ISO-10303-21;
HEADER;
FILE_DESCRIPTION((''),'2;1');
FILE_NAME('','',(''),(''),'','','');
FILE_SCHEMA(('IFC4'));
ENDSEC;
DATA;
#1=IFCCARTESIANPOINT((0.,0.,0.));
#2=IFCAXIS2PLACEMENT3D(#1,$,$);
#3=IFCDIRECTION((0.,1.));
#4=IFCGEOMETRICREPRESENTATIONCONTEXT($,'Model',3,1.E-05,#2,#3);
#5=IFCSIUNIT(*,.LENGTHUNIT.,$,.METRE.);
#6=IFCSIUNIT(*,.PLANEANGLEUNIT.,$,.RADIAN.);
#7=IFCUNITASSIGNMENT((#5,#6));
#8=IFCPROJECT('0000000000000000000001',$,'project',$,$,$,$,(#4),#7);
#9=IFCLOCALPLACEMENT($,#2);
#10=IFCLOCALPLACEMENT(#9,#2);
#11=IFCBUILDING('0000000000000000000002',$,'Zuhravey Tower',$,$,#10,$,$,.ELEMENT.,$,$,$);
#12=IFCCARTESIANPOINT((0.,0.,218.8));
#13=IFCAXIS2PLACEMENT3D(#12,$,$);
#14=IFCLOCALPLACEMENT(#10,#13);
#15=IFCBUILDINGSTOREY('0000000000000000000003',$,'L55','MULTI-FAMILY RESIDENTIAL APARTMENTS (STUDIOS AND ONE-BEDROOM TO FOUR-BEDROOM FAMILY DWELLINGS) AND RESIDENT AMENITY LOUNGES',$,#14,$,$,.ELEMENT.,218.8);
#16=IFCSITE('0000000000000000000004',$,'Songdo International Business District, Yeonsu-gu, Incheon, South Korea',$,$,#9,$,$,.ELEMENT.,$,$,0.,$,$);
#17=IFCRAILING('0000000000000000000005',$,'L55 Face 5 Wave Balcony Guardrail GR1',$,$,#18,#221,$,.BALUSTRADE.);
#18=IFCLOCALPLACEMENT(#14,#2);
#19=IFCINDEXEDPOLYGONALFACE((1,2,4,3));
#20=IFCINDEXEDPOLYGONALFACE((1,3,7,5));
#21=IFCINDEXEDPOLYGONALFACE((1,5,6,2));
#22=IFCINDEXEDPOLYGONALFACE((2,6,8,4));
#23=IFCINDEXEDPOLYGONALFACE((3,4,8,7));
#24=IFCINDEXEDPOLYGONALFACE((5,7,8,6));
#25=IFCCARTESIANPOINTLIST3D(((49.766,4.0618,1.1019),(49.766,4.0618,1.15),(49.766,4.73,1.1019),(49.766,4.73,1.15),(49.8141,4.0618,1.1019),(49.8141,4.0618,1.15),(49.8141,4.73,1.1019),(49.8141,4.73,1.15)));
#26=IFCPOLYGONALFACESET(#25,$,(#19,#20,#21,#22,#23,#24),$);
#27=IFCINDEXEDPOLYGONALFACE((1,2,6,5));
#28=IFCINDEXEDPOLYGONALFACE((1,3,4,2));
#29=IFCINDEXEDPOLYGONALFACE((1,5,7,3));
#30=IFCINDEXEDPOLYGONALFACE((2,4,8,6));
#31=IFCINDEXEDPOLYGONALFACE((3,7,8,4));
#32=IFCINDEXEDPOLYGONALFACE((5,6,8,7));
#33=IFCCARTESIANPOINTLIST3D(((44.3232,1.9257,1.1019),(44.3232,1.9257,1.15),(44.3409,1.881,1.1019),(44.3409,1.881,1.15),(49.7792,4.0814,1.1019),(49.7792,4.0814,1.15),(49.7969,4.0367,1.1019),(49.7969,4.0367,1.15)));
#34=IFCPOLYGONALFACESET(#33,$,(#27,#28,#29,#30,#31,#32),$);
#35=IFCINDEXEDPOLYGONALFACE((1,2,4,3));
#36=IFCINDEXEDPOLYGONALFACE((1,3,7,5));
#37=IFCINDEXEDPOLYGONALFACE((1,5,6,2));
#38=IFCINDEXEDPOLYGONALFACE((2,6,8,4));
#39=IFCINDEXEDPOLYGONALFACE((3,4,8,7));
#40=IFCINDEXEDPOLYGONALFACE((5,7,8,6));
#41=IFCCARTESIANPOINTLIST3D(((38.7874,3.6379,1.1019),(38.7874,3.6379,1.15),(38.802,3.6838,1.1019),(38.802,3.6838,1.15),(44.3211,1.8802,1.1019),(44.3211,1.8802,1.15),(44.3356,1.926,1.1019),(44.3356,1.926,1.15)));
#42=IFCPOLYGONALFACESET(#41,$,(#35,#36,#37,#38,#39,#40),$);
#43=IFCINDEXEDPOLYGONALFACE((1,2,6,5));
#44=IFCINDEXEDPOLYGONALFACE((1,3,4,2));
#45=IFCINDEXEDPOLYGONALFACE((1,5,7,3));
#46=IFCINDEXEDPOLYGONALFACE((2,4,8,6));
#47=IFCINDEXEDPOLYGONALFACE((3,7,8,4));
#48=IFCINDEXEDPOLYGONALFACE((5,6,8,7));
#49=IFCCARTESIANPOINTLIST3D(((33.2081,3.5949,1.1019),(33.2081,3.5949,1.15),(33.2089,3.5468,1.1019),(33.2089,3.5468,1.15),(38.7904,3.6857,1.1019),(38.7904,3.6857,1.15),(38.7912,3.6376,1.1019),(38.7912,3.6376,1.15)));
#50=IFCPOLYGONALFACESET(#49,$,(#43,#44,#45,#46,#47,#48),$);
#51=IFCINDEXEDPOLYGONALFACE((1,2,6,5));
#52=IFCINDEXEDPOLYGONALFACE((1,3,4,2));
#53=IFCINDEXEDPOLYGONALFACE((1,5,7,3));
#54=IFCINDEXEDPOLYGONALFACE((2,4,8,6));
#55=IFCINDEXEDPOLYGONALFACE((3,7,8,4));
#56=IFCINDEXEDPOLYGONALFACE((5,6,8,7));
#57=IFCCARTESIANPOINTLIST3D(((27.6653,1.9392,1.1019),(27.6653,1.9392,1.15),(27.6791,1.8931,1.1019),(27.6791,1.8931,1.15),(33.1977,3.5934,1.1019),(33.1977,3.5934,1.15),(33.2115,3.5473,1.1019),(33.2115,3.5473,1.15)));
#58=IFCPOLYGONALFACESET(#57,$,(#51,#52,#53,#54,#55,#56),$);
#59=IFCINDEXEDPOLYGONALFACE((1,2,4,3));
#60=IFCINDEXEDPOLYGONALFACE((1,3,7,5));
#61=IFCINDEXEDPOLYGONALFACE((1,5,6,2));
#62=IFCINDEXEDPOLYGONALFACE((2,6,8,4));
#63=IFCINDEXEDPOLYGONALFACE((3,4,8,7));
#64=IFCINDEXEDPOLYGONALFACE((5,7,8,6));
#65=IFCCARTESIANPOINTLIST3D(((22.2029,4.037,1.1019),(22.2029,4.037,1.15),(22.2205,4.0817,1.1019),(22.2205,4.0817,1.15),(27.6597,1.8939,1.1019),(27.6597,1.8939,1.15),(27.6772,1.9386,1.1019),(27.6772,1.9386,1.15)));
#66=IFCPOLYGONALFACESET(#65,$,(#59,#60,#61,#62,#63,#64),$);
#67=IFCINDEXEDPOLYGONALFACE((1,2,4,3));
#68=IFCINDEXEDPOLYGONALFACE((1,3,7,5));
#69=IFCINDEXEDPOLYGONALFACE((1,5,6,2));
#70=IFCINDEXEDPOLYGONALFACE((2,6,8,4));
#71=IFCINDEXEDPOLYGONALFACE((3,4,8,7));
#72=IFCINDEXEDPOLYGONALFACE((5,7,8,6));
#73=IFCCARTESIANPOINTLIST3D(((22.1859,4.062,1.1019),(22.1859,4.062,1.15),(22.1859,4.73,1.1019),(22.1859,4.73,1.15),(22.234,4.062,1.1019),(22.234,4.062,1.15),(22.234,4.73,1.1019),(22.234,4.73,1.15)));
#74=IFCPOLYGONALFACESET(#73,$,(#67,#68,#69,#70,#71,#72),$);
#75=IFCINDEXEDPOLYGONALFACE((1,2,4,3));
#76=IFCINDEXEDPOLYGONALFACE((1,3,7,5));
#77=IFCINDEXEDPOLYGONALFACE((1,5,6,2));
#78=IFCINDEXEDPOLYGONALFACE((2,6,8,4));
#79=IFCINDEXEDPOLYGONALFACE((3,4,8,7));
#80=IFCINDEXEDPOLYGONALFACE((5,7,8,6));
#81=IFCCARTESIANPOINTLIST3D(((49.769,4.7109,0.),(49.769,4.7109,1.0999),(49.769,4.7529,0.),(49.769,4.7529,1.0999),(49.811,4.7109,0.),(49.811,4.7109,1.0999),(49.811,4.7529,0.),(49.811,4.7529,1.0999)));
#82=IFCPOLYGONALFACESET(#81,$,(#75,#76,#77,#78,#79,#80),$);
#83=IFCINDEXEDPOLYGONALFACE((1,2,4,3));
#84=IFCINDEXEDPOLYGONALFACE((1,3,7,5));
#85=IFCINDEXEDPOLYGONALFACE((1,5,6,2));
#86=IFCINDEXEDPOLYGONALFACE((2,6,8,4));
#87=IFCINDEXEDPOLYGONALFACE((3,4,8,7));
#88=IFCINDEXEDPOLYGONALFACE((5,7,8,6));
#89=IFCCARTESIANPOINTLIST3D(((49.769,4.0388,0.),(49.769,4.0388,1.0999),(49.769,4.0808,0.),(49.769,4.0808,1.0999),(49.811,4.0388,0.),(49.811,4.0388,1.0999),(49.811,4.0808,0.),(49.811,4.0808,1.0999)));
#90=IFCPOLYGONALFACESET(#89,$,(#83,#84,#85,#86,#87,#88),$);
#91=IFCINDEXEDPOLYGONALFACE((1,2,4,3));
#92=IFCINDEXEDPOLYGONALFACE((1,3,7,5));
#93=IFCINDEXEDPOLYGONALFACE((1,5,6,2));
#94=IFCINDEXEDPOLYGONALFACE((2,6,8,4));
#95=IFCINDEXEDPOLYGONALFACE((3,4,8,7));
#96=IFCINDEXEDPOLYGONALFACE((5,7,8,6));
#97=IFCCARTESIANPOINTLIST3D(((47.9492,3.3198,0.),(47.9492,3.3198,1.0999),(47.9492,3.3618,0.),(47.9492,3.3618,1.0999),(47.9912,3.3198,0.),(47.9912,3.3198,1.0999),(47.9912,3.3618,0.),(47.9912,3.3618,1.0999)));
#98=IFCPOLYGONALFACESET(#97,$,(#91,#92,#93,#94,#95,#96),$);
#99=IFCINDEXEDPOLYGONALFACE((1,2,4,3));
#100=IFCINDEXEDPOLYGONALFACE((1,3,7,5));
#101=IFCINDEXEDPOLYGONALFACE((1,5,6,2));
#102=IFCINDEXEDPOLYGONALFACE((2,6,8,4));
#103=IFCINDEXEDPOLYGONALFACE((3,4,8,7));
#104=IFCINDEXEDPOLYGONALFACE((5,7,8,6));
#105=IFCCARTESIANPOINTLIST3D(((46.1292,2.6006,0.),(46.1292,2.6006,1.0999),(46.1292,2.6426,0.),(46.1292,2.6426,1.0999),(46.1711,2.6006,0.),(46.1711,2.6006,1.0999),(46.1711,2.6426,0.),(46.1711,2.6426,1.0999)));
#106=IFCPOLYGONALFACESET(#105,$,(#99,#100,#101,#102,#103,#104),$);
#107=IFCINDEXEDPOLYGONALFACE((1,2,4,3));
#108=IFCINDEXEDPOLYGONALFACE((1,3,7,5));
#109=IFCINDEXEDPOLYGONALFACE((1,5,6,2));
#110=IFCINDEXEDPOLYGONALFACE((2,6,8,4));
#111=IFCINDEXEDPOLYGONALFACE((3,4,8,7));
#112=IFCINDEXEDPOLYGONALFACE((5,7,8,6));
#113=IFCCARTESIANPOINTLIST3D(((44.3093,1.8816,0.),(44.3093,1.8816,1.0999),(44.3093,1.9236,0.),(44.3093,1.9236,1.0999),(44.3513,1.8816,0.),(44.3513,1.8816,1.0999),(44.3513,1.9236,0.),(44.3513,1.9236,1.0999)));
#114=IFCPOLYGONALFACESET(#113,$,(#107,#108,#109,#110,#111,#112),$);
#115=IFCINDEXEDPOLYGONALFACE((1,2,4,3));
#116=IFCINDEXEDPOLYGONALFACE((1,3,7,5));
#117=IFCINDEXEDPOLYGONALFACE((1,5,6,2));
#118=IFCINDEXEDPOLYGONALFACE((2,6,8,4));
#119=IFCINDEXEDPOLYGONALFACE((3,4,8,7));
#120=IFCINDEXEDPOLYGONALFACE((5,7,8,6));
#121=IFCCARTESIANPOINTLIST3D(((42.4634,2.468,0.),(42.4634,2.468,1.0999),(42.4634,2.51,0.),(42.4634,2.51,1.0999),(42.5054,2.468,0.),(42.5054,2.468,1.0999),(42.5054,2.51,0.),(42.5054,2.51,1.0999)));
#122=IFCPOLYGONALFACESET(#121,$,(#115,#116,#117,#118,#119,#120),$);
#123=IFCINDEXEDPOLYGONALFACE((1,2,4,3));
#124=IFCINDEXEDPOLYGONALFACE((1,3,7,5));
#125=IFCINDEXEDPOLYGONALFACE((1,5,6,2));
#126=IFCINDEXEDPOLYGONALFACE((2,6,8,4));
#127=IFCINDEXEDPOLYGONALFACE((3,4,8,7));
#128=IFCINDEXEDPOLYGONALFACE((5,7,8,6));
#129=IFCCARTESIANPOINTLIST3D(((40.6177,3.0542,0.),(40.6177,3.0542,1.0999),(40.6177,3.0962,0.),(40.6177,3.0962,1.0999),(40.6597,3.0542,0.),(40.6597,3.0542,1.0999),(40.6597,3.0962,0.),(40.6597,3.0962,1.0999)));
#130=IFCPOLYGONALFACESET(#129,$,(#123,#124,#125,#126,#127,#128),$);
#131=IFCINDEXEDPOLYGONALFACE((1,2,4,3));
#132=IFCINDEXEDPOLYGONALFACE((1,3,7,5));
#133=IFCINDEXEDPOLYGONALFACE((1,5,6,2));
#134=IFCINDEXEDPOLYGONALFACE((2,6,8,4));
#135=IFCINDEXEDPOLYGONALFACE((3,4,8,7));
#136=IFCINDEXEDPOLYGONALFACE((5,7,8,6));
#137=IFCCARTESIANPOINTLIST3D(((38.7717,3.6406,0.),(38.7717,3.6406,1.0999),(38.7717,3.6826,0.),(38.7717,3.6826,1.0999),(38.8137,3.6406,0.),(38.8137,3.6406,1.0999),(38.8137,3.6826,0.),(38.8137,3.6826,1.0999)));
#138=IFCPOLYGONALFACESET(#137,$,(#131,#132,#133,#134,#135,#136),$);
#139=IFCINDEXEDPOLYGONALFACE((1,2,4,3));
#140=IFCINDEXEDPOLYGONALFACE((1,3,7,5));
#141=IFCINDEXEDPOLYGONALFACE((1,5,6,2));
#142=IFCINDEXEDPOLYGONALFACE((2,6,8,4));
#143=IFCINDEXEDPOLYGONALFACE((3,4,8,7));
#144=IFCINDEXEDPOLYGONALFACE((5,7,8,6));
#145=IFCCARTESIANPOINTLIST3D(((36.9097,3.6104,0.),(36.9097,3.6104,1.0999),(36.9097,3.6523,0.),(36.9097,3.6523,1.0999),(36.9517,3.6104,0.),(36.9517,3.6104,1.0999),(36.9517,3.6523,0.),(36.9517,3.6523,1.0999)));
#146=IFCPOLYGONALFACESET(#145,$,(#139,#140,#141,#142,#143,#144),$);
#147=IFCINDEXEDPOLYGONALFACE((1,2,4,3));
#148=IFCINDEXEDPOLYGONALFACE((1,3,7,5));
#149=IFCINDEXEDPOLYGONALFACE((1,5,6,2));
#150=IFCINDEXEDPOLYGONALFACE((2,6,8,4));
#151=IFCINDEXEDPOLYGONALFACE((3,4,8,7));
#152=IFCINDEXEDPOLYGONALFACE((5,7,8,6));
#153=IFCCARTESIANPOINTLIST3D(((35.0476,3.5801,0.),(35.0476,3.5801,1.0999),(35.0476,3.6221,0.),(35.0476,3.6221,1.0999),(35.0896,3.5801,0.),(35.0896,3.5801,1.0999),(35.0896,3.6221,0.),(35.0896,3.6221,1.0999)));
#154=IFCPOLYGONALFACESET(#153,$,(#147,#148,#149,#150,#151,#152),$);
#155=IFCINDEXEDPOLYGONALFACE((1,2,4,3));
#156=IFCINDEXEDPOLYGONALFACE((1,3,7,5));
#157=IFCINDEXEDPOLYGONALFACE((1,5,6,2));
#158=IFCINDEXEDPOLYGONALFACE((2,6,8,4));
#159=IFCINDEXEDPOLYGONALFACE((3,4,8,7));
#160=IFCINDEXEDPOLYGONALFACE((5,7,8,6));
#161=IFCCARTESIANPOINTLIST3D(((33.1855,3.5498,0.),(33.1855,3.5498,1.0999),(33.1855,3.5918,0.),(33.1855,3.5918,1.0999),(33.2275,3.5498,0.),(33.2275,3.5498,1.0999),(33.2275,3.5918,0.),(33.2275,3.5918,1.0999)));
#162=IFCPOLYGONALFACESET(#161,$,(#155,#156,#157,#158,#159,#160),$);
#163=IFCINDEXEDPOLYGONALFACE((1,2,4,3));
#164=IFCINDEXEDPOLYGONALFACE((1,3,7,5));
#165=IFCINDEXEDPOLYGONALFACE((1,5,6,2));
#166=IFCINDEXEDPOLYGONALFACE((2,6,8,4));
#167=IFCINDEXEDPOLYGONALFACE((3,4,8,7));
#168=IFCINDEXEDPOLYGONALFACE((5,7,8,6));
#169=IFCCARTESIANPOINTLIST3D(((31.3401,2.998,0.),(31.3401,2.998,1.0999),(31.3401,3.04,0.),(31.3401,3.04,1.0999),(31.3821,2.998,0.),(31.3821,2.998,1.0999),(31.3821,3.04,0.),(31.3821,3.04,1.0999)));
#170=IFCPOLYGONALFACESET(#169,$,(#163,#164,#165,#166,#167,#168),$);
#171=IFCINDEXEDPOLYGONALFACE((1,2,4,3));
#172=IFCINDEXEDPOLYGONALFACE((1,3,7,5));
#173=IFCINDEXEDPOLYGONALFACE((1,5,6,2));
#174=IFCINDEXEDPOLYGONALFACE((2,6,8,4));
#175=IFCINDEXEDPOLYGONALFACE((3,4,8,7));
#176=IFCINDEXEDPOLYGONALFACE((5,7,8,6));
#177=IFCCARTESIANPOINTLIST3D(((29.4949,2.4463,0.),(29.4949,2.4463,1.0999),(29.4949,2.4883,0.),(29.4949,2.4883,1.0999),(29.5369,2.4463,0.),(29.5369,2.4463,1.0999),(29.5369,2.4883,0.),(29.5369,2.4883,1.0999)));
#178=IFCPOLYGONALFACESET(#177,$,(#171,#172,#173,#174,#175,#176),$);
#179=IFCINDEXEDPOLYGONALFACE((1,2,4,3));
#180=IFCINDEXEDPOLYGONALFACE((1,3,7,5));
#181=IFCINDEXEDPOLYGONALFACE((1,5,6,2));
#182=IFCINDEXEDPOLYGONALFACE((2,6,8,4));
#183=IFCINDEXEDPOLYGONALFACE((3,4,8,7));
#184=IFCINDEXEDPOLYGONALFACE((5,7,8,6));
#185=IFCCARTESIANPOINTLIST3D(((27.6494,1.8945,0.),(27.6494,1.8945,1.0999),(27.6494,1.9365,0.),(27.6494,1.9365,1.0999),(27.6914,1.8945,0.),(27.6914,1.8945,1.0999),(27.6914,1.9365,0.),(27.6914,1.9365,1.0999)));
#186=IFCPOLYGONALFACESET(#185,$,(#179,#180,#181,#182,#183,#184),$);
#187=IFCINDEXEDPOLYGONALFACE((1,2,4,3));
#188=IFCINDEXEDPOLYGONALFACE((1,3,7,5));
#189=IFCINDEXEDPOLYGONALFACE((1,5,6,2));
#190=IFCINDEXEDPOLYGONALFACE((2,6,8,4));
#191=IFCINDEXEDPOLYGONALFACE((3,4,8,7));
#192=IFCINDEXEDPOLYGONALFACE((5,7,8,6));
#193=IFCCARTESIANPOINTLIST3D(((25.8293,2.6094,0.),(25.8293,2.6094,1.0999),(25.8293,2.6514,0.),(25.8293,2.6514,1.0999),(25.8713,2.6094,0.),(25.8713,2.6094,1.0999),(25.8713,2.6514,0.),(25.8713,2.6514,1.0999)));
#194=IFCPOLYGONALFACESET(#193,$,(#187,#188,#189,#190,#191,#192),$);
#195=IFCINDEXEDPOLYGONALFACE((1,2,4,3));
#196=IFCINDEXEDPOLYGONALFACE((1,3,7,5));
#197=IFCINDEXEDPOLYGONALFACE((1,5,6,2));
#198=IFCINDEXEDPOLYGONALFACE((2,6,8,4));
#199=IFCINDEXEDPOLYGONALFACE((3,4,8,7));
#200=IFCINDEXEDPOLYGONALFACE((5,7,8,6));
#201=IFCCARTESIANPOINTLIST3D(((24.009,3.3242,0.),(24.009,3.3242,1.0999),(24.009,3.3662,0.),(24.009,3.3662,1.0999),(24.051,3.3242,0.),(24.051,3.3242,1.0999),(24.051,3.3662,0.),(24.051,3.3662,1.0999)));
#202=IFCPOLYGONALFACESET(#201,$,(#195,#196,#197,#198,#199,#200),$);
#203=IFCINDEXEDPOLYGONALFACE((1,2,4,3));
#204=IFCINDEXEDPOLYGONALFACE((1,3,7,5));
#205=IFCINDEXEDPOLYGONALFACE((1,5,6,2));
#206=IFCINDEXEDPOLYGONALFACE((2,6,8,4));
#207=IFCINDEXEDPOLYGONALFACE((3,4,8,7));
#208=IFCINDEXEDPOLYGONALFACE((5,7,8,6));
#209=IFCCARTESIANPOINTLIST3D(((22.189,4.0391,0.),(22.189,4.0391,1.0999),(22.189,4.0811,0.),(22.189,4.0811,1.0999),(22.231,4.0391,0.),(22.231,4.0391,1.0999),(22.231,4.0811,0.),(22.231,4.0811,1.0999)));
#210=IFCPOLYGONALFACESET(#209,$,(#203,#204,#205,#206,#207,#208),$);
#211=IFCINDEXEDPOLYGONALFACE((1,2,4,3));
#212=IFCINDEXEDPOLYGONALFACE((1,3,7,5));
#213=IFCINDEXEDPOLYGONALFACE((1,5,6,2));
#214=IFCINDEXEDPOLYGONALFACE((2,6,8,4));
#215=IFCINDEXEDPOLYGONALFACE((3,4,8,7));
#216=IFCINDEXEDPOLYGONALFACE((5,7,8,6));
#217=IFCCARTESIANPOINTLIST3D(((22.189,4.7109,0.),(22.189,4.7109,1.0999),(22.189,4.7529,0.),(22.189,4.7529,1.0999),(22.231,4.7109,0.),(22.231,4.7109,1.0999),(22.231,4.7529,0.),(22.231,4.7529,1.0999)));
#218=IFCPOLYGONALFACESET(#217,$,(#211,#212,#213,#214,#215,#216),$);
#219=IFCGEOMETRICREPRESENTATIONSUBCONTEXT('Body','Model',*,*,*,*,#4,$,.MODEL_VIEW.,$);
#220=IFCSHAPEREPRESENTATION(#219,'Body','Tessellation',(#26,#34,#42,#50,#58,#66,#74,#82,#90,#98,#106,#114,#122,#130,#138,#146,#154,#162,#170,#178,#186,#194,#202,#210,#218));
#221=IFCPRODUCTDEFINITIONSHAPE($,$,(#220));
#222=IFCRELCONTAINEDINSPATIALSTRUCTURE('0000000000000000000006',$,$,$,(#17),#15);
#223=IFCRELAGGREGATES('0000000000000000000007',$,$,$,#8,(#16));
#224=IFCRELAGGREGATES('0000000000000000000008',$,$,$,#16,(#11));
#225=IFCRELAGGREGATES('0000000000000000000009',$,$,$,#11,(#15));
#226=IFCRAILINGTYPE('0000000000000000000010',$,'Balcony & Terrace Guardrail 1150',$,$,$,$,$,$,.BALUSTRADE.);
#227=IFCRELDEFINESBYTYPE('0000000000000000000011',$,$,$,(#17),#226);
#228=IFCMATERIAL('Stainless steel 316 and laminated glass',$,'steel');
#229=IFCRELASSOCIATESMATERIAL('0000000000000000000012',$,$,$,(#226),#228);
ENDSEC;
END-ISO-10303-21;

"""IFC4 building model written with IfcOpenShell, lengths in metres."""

from ifc_helpers import new_model, si_unit, direction, frame, origin, origin_2d, place, context, subcontext, project, spatial, rectangle, extrude, material, type_object, element, save


model = new_model("IFC4")

# Units and contexts
model_context = context("Model", 3, precision=1e-05, world=origin(), true_north=direction((0.0, 1.0)))
body_context = subcontext(model_context, "Body", "Model", "MODEL_VIEW")
ifc_project = project(units=[si_unit("LENGTHUNIT", "METRE"), si_unit("PLANEANGLEUNIT", "RADIAN")], contexts=[model_context])

# Site, building, storey
site_placement = place(None, origin())
site = spatial("IfcSite", under=ifc_project, at=site_placement, Name="Songdo International Business District, Yeonsu-gu, Incheon, South Korea", CompositionType="ELEMENT", RefElevation=0.0)
building_placement = place(site_placement, origin())
building = spatial("IfcBuilding", under=site, at=building_placement, Name="Zuhravey Tower", CompositionType="ELEMENT")
storey_placement = place(building_placement, frame((0.0, 0.0, 218.8)))
storey = spatial("IfcBuildingStorey", under=building, at=storey_placement, Name="L55", Description="MULTI-FAMILY RESIDENTIAL APARTMENTS (STUDIOS AND ONE-BEDROOM TO FOUR-BEDROOM FAMILY DWELLINGS) AND RESIDENT AMENITY LOUNGES", CompositionType="ELEMENT", Elevation=218.8)

# Railing
ifc_material_1 = material(Name="Stainless steel 316 and laminated glass", Category="steel")
railing_type = type_object("IfcRailingType", Name="Balcony & Terrace Guardrail 1150", PredefinedType="BALUSTRADE", material=ifc_material_1)
railing_placement = place(storey_placement, frame((49.79, 4.7319, 0.0)))
element("IfcRailing", 1, at=railing_placement, inside=storey, type_object=railing_type, Name="L55 Face 5 Wave Balcony Guardrail GR1", PredefinedType="BALUSTRADE", context=body_context, shape_type="SweptSolid", body=[
    extrude(rectangle(XDim=0.0481, YDim=0.0481, at=origin_2d()), frame((0.0, -0.002, 1.126), z_axis=(0.0, -1.0, 0.0), x_axis=(1.0, 0.0, 0.0)), (0.0, 0.0, 1.0), 0.6682),
    extrude(rectangle(XDim=0.0481, YDim=0.0481, at=origin_2d()), frame((-0.002, -0.6729, 1.126), z_axis=(-0.930034, -0.367472, 0.0), x_axis=(0.367472, -0.930034, 0.0)), (0.0, 0.0, 1.0), 5.8665),
    extrude(rectangle(XDim=0.0481, YDim=0.0481, at=origin_2d()), frame((-5.4617, -2.8289, 1.126), z_axis=(-0.953071, 0.302746, 0.0), x_axis=(-0.302746, -0.953071, 0.0)), (0.0, 0.0, 1.0), 5.8062),
    extrude(rectangle(XDim=0.0481, YDim=0.0481, at=origin_2d()), frame((-10.9993, -1.0703, 1.126), z_axis=(-0.999868, -0.016256, 0.0), x_axis=(0.016256, -0.999868, 0.0)), (0.0, 0.0, 1.0), 5.583),
    extrude(rectangle(XDim=0.0481, YDim=0.0481, at=origin_2d()), frame((-16.5854, -1.1616, 1.126), z_axis=(-0.958091, -0.286464, 0.0), x_axis=(0.286464, -0.958091, 0.0)), (0.0, 0.0, 1.0), 5.7744),
    extrude(rectangle(XDim=0.0481, YDim=0.0481, at=origin_2d()), frame((-22.1216, -2.8157, 1.126), z_axis=(-0.930789, 0.365557, 0.0), x_axis=(-0.365557, -0.930789, 0.0)), (0.0, 0.0, 1.0), 5.8625),
    extrude(rectangle(XDim=0.0481, YDim=0.0481, at=origin_2d()), frame((-27.5801, -0.6699, 1.126), z_axis=(0.0, 1.0, 0.0), x_axis=(-1.0, 0.0, 0.0)), (0.0, 0.0, 1.0), 0.668),
    extrude(rectangle(XDim=0.042, YDim=0.042, at=origin_2d()), origin(), (0.0, 0.0, 1.0), 1.0999),
    extrude(rectangle(XDim=0.042, YDim=0.042, at=origin_2d()), frame((0.0, -0.6721, 0.0)), (0.0, 0.0, 1.0), 1.0999),
    extrude(rectangle(XDim=0.042, YDim=0.042, at=origin_2d()), frame((-1.8198, -1.3911, 0.0)), (0.0, 0.0, 1.0), 1.0999),
    extrude(rectangle(XDim=0.042, YDim=0.042, at=origin_2d()), frame((-3.6399, -2.1104, 0.0)), (0.0, 0.0, 1.0), 1.0999),
    extrude(rectangle(XDim=0.042, YDim=0.042, at=origin_2d()), frame((-5.4597, -2.8293, 0.0)), (0.0, 0.0, 1.0), 1.0999),
    extrude(rectangle(XDim=0.042, YDim=0.042, at=origin_2d()), frame((-7.3057, -2.2429, 0.0)), (0.0, 0.0, 1.0), 1.0999),
    extrude(rectangle(XDim=0.042, YDim=0.042, at=origin_2d()), frame((-9.1514, -1.6567, 0.0)), (0.0, 0.0, 1.0), 1.0999),
    extrude(rectangle(XDim=0.042, YDim=0.042, at=origin_2d()), frame((-10.9973, -1.0703, 0.0)), (0.0, 0.0, 1.0), 1.0999),
    extrude(rectangle(XDim=0.042, YDim=0.042, at=origin_2d()), frame((-12.8594, -1.1006, 0.0)), (0.0, 0.0, 1.0), 1.0999),
    extrude(rectangle(XDim=0.042, YDim=0.042, at=origin_2d()), frame((-14.7214, -1.1309, 0.0)), (0.0, 0.0, 1.0), 1.0999),
    extrude(rectangle(XDim=0.042, YDim=0.042, at=origin_2d()), frame((-16.5835, -1.1611, 0.0)), (0.0, 0.0, 1.0), 1.0999),
    extrude(rectangle(XDim=0.042, YDim=0.042, at=origin_2d()), frame((-18.429, -1.7129, 0.0)), (0.0, 0.0, 1.0), 1.0999),
    extrude(rectangle(XDim=0.042, YDim=0.042, at=origin_2d()), frame((-20.2742, -2.2646, 0.0)), (0.0, 0.0, 1.0), 1.0999),
    extrude(rectangle(XDim=0.042, YDim=0.042, at=origin_2d()), frame((-22.1196, -2.8164, 0.0)), (0.0, 0.0, 1.0), 1.0999),
    extrude(rectangle(XDim=0.042, YDim=0.042, at=origin_2d()), frame((-23.9397, -2.1016, 0.0)), (0.0, 0.0, 1.0), 1.0999),
    extrude(rectangle(XDim=0.042, YDim=0.042, at=origin_2d()), frame((-25.76, -1.3867, 0.0)), (0.0, 0.0, 1.0), 1.0999),
    extrude(rectangle(XDim=0.042, YDim=0.042, at=origin_2d()), frame((-27.5801, -0.6719, 0.0)), (0.0, 0.0, 1.0), 1.0999),
    extrude(rectangle(XDim=0.042, YDim=0.042, at=origin_2d()), frame((-27.5801, 0.0, 0.0)), (0.0, 0.0, 1.0), 1.0999),
])

save(model, "model.ifc")
